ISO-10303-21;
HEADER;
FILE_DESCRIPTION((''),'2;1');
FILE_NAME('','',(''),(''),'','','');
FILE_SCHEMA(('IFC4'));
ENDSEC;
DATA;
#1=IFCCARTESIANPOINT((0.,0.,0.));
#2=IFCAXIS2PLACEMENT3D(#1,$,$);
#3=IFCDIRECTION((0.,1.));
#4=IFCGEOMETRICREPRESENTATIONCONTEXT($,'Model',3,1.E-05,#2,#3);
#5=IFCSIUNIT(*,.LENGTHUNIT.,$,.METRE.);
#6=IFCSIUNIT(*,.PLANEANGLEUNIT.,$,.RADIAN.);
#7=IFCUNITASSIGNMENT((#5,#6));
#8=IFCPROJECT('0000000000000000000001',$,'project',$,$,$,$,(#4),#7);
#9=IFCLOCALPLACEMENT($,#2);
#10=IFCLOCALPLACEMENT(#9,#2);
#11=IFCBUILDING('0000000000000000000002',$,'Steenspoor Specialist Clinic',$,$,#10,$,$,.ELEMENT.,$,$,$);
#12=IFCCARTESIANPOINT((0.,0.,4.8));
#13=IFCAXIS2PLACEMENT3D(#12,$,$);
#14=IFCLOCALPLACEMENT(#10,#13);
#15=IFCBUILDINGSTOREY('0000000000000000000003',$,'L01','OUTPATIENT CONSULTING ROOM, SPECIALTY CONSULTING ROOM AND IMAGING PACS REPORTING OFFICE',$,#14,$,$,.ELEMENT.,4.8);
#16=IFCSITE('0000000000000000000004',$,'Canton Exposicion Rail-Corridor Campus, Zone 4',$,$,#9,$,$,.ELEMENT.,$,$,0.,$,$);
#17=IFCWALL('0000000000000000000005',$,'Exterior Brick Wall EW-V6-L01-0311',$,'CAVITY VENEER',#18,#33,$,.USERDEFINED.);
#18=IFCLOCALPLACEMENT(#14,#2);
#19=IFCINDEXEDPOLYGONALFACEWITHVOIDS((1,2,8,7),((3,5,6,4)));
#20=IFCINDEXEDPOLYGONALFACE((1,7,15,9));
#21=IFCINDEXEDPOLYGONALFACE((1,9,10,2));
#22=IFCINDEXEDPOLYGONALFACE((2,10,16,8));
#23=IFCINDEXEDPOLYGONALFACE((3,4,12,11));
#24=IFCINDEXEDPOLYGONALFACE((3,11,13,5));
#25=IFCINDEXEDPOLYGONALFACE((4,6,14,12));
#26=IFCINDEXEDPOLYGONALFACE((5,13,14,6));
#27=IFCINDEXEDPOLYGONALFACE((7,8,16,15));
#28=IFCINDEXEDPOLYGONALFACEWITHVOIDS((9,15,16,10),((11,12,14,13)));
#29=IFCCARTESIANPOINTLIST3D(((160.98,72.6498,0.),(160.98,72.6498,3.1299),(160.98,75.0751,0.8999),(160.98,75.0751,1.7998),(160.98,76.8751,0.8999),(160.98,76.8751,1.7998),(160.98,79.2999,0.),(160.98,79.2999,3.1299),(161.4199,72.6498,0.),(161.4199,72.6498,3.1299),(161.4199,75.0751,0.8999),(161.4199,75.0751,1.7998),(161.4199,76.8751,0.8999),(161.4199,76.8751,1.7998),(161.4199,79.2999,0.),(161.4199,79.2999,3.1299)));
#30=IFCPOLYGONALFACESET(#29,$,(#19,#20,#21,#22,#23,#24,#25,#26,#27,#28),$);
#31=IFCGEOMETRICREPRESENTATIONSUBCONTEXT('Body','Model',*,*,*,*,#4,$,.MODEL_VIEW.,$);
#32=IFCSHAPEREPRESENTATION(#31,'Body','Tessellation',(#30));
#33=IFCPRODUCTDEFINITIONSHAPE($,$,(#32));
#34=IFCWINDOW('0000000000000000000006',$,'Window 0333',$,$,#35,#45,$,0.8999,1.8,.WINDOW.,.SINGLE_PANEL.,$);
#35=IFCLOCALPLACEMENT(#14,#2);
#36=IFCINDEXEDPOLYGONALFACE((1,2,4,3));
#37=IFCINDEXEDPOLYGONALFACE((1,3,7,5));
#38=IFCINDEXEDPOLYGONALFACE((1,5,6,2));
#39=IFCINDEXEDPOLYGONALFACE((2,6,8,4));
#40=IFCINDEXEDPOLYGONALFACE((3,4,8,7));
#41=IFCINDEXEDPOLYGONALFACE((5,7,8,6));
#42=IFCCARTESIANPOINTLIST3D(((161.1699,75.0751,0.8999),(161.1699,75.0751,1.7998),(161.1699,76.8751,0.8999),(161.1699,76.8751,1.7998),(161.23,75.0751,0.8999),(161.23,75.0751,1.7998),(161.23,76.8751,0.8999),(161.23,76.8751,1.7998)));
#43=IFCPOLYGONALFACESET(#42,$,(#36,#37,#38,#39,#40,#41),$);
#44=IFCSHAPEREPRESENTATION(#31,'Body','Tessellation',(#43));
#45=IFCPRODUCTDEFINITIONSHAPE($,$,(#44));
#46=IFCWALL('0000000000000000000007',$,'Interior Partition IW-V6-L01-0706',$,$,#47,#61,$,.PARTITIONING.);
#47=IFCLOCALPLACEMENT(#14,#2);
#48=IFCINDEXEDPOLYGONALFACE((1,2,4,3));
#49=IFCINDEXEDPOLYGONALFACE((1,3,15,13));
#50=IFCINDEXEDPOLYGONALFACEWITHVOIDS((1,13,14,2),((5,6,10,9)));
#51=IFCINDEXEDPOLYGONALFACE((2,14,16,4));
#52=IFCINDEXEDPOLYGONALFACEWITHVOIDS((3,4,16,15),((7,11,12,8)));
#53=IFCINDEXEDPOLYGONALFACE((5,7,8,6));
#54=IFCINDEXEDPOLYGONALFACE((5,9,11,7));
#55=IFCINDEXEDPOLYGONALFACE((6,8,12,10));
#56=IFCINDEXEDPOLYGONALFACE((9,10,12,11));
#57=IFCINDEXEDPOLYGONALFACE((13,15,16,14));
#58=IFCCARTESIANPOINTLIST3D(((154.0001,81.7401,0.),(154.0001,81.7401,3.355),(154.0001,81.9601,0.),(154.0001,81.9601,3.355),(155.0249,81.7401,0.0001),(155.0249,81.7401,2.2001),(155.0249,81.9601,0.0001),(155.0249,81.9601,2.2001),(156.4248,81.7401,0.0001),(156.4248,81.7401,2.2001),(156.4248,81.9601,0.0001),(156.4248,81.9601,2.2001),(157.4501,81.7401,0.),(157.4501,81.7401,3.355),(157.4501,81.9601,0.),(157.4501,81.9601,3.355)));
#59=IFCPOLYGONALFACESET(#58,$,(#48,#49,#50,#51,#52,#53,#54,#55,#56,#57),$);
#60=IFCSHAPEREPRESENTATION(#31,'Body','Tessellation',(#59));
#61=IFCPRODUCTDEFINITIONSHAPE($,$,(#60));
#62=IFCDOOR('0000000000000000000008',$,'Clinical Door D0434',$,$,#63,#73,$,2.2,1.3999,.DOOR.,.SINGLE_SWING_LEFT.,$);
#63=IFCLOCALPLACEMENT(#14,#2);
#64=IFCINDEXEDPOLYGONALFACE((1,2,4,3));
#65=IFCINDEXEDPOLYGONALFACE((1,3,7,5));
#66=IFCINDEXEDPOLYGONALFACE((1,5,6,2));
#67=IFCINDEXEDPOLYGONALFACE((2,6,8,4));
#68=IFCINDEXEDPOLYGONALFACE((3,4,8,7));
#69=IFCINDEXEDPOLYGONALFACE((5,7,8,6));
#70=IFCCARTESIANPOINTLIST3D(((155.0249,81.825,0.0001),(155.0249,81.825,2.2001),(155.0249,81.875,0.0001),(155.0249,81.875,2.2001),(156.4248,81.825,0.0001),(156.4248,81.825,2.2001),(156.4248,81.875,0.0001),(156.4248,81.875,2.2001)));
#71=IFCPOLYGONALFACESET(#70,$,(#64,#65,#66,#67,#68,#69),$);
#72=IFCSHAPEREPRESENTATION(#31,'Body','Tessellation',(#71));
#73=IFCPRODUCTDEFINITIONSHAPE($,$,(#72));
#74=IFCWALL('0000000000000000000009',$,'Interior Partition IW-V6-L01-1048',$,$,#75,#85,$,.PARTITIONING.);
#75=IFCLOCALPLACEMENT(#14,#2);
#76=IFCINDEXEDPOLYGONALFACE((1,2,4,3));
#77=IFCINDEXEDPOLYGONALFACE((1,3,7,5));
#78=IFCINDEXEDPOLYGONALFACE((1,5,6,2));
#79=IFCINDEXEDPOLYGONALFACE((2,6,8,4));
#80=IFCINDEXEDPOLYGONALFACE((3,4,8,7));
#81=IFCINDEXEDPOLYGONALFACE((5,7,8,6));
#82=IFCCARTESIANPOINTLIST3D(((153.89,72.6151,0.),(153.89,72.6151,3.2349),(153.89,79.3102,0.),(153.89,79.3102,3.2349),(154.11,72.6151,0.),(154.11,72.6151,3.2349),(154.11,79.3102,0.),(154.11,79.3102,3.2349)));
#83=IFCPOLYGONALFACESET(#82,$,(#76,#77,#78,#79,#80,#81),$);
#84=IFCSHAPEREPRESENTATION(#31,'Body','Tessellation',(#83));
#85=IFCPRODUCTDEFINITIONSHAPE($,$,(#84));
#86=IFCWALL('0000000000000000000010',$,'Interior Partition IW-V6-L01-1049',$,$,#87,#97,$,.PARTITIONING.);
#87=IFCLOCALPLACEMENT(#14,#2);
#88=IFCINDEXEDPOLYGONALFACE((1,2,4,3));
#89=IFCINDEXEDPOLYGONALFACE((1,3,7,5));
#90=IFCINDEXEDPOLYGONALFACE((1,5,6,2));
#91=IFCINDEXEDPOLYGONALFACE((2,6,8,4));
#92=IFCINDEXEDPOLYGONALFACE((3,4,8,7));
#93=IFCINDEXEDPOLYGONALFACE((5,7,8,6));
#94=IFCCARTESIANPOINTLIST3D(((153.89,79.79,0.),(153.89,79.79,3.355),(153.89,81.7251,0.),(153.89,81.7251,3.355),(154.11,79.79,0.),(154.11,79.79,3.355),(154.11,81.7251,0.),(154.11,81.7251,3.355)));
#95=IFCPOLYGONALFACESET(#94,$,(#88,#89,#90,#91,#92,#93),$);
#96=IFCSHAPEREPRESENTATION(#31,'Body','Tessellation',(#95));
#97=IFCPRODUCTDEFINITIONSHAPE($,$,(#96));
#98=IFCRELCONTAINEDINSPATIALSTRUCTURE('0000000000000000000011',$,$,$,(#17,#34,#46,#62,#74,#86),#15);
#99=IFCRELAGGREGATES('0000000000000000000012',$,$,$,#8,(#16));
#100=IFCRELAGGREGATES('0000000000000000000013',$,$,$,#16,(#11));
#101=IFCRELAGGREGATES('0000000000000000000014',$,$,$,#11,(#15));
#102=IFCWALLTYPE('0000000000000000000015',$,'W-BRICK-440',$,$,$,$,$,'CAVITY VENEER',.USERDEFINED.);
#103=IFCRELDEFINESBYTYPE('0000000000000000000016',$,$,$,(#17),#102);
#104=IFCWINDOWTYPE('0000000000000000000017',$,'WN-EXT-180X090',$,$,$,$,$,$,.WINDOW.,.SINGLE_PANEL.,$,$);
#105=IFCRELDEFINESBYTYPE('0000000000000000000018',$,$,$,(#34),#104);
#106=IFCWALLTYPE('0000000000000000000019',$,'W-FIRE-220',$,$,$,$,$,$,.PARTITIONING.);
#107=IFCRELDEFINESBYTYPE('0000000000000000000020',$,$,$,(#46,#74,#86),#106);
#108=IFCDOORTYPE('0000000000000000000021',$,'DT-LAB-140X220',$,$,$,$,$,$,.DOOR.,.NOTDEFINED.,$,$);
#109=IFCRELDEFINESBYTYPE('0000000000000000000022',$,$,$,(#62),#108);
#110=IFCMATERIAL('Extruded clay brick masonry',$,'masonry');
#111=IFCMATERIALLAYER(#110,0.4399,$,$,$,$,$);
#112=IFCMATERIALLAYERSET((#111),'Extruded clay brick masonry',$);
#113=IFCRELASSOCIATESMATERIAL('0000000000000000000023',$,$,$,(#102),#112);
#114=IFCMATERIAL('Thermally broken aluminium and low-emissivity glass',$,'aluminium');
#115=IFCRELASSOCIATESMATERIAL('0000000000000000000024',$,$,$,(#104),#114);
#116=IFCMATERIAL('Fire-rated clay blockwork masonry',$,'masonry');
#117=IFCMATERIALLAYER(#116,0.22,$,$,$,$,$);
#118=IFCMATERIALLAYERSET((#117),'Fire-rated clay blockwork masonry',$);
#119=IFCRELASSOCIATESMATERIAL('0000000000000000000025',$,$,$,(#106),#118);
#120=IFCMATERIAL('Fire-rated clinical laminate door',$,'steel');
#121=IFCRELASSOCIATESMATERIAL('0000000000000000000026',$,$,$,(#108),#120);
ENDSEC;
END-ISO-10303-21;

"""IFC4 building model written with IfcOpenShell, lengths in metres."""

from ifc_helpers import new_model, si_unit, direction, frame, frame_2d, origin, place, context, subcontext, project, spatial, rectangle, extrude, material, layer, layer_set, type_object, element, fill, save


model = new_model("IFC4")

# Units and contexts
model_context = context("Model", 3, precision=1e-05, world=origin(), true_north=direction((0.0, 1.0)))
body_context = subcontext(model_context, "Body", "Model", "MODEL_VIEW")
ifc_project = project(units=[si_unit("LENGTHUNIT", "METRE"), si_unit("PLANEANGLEUNIT", "RADIAN")], contexts=[model_context])

# Site, building, storey
site_placement = place(None, origin())
site = spatial("IfcSite", under=ifc_project, at=site_placement, Name="Canton Exposicion Rail-Corridor Campus, Zone 4", CompositionType="ELEMENT", RefElevation=0.0)
building_placement = place(site_placement, origin())
building = spatial("IfcBuilding", under=site, at=building_placement, Name="Steenspoor Specialist Clinic", CompositionType="ELEMENT")
storey_placement = place(building_placement, frame((0.0, 0.0, 4.8)))
storey = spatial("IfcBuildingStorey", under=building, at=storey_placement, Name="L01", Description="OUTPATIENT CONSULTING ROOM, SPECIALTY CONSULTING ROOM AND IMAGING PACS REPORTING OFFICE", CompositionType="ELEMENT", Elevation=4.8)

# Shared definitions
ifc_material_1 = material(Name="Thermally broken aluminium and low-emissivity glass", Category="aluminium")

# Wall, opening, window
ifc_material_2 = material(Name="Extruded clay brick masonry", Category="masonry")
ifc_layer_1 = layer(ifc_material_2, 0.4399)
ifc_layer_set_1 = layer_set([ifc_layer_1], Name="Extruded clay brick masonry")
wall_type_1 = type_object("IfcWallType", Name="W-BRICK-440", ElementType="CAVITY VENEER", PredefinedType="USERDEFINED", material=ifc_layer_set_1)
wall_1_placement = place(storey_placement, frame((161.2, 79.3, 0.0), z_axis=(0.0, 0.0, 1.0), x_axis=(0.0, -1.0, 0.0)))
wall_1 = element("IfcWall", 1, at=wall_1_placement, inside=storey, type_object=wall_type_1, Name="Exterior Brick Wall EW-V6-L01-0311", ObjectType="CAVITY VENEER", PredefinedType="USERDEFINED", context=body_context, shape_type="SweptSolid", body=[
    extrude(rectangle(XDim=6.6501, YDim=0.4399, at=frame_2d((3.3252, 0.0))), origin(), (0.0, 0.0, 1.0), 3.1299),
])
opening_1_placement = place(wall_1_placement, frame((2.425, 0.0, 0.8999)))
opening_1 = element("IfcOpeningElement", 2, at=opening_1_placement, cuts=wall_1, PredefinedType="OPENING", context=body_context, shape_type="SweptSolid", body=[
    extrude(rectangle(XDim=1.8, YDim=0.8999, at=frame_2d((0.8999, 0.45))), frame((0.0, 0.23, 0.0), z_axis=(0.0, -1.0, 0.0), x_axis=(1.0, 0.0, 0.0)), (0.0, 0.0, 1.0), 0.46),
])
window_type = type_object("IfcWindowType", Name="WN-EXT-180X090", PartitioningType="SINGLE_PANEL", PredefinedType="WINDOW", material=ifc_material_1)
window_placement = place(opening_1_placement, origin())
window = element("IfcWindow", 3, at=window_placement, inside=storey, type_object=window_type, Name="Window 0333", OverallHeight=0.8999, OverallWidth=1.8, PartitioningType="SINGLE_PANEL", PredefinedType="WINDOW", context=body_context, shape_type="SweptSolid", body=[
    extrude(rectangle(XDim=1.8, YDim=0.8999, at=frame_2d((0.8999, 0.45))), frame((0.0, 0.03, 0.0), z_axis=(0.0, -1.0, 0.0), x_axis=(1.0, 0.0, 0.0)), (0.0, 0.0, 1.0), 0.0601),
])
fill(opening_1, window)

# Wall, opening, door
ifc_material_3 = material(Name="Fire-rated clay blockwork masonry", Category="masonry")
ifc_layer_2 = layer(ifc_material_3, 0.22)
ifc_layer_set_2 = layer_set([ifc_layer_2], Name="Fire-rated clay blockwork masonry")
wall_type_2 = type_object("IfcWallType", Name="W-FIRE-220", PredefinedType="PARTITIONING", material=ifc_layer_set_2)
wall_2_placement = place(storey_placement, frame((154.0, 81.8501, 0.0), z_axis=(0.0, 0.0, 1.0), x_axis=(1.0, 0.0, 0.0)))
wall_2 = element("IfcWall", 4, at=wall_2_placement, inside=storey, type_object=wall_type_2, Name="Interior Partition IW-V6-L01-0706", PredefinedType="PARTITIONING", context=body_context, shape_type="SweptSolid", body=[
    extrude(rectangle(XDim=3.45, YDim=0.22, at=frame_2d((1.7251, 0.0))), origin(), (0.0, 0.0, 1.0), 3.355),
])
opening_2_placement = place(wall_2_placement, frame((1.0249, 0.0, 0.0)))
opening_2 = element("IfcOpeningElement", 5, at=opening_2_placement, cuts=wall_2, PredefinedType="OPENING", context=body_context, shape_type="SweptSolid", body=[
    extrude(rectangle(XDim=1.3999, YDim=2.2, at=frame_2d((0.7, 1.1001))), frame((0.0, 0.1201, 0.0), z_axis=(0.0, -1.0, 0.0), x_axis=(1.0, 0.0, 0.0)), (0.0, 0.0, 1.0), 0.24),
])
ifc_material_4 = material(Name="Fire-rated clinical laminate door", Category="steel")
door_type = type_object("IfcDoorType", Name="DT-LAB-140X220", OperationType="NOTDEFINED", PredefinedType="DOOR", material=ifc_material_4)
door_placement = place(opening_2_placement, origin())
door = element("IfcDoor", 6, at=door_placement, inside=storey, type_object=door_type, Name="Clinical Door D0434", OperationType="SINGLE_SWING_LEFT", OverallHeight=2.2, OverallWidth=1.3999, PredefinedType="DOOR", context=body_context, shape_type="SweptSolid", body=[
    extrude(rectangle(XDim=1.3999, YDim=2.2, at=frame_2d((0.7, 1.1001))), frame((0.0, 0.0249, 0.0), z_axis=(0.0, -1.0, 0.0), x_axis=(1.0, 0.0, 0.0)), (0.0, 0.0, 1.0), 0.05),
])
fill(opening_2, door)

# Walls
wall_3_placement = place(storey_placement, frame((154.0, 72.615, 0.0), z_axis=(0.0, 0.0, 1.0), x_axis=(0.0, 1.0, 0.0)))
element("IfcWall", 7, at=wall_3_placement, inside=storey, type_object=wall_type_2, Name="Interior Partition IW-V6-L01-1048", PredefinedType="PARTITIONING", context=body_context, shape_type="SweptSolid", body=[
    extrude(rectangle(XDim=6.6951, YDim=0.22, at=frame_2d((3.3477, 0.0))), origin(), (0.0, 0.0, 1.0), 3.2349),
])
wall_4_placement = place(storey_placement, frame((154.0, 79.79, 0.0), z_axis=(0.0, 0.0, 1.0), x_axis=(0.0, 1.0, 0.0)))
element("IfcWall", 8, at=wall_4_placement, inside=storey, type_object=wall_type_2, Name="Interior Partition IW-V6-L01-1049", PredefinedType="PARTITIONING", context=body_context, shape_type="SweptSolid", body=[
    extrude(rectangle(XDim=1.9351, YDim=0.22, at=frame_2d((0.9675, 0.0))), origin(), (0.0, 0.0, 1.0), 3.355),
])

save(model, "model.ifc")
